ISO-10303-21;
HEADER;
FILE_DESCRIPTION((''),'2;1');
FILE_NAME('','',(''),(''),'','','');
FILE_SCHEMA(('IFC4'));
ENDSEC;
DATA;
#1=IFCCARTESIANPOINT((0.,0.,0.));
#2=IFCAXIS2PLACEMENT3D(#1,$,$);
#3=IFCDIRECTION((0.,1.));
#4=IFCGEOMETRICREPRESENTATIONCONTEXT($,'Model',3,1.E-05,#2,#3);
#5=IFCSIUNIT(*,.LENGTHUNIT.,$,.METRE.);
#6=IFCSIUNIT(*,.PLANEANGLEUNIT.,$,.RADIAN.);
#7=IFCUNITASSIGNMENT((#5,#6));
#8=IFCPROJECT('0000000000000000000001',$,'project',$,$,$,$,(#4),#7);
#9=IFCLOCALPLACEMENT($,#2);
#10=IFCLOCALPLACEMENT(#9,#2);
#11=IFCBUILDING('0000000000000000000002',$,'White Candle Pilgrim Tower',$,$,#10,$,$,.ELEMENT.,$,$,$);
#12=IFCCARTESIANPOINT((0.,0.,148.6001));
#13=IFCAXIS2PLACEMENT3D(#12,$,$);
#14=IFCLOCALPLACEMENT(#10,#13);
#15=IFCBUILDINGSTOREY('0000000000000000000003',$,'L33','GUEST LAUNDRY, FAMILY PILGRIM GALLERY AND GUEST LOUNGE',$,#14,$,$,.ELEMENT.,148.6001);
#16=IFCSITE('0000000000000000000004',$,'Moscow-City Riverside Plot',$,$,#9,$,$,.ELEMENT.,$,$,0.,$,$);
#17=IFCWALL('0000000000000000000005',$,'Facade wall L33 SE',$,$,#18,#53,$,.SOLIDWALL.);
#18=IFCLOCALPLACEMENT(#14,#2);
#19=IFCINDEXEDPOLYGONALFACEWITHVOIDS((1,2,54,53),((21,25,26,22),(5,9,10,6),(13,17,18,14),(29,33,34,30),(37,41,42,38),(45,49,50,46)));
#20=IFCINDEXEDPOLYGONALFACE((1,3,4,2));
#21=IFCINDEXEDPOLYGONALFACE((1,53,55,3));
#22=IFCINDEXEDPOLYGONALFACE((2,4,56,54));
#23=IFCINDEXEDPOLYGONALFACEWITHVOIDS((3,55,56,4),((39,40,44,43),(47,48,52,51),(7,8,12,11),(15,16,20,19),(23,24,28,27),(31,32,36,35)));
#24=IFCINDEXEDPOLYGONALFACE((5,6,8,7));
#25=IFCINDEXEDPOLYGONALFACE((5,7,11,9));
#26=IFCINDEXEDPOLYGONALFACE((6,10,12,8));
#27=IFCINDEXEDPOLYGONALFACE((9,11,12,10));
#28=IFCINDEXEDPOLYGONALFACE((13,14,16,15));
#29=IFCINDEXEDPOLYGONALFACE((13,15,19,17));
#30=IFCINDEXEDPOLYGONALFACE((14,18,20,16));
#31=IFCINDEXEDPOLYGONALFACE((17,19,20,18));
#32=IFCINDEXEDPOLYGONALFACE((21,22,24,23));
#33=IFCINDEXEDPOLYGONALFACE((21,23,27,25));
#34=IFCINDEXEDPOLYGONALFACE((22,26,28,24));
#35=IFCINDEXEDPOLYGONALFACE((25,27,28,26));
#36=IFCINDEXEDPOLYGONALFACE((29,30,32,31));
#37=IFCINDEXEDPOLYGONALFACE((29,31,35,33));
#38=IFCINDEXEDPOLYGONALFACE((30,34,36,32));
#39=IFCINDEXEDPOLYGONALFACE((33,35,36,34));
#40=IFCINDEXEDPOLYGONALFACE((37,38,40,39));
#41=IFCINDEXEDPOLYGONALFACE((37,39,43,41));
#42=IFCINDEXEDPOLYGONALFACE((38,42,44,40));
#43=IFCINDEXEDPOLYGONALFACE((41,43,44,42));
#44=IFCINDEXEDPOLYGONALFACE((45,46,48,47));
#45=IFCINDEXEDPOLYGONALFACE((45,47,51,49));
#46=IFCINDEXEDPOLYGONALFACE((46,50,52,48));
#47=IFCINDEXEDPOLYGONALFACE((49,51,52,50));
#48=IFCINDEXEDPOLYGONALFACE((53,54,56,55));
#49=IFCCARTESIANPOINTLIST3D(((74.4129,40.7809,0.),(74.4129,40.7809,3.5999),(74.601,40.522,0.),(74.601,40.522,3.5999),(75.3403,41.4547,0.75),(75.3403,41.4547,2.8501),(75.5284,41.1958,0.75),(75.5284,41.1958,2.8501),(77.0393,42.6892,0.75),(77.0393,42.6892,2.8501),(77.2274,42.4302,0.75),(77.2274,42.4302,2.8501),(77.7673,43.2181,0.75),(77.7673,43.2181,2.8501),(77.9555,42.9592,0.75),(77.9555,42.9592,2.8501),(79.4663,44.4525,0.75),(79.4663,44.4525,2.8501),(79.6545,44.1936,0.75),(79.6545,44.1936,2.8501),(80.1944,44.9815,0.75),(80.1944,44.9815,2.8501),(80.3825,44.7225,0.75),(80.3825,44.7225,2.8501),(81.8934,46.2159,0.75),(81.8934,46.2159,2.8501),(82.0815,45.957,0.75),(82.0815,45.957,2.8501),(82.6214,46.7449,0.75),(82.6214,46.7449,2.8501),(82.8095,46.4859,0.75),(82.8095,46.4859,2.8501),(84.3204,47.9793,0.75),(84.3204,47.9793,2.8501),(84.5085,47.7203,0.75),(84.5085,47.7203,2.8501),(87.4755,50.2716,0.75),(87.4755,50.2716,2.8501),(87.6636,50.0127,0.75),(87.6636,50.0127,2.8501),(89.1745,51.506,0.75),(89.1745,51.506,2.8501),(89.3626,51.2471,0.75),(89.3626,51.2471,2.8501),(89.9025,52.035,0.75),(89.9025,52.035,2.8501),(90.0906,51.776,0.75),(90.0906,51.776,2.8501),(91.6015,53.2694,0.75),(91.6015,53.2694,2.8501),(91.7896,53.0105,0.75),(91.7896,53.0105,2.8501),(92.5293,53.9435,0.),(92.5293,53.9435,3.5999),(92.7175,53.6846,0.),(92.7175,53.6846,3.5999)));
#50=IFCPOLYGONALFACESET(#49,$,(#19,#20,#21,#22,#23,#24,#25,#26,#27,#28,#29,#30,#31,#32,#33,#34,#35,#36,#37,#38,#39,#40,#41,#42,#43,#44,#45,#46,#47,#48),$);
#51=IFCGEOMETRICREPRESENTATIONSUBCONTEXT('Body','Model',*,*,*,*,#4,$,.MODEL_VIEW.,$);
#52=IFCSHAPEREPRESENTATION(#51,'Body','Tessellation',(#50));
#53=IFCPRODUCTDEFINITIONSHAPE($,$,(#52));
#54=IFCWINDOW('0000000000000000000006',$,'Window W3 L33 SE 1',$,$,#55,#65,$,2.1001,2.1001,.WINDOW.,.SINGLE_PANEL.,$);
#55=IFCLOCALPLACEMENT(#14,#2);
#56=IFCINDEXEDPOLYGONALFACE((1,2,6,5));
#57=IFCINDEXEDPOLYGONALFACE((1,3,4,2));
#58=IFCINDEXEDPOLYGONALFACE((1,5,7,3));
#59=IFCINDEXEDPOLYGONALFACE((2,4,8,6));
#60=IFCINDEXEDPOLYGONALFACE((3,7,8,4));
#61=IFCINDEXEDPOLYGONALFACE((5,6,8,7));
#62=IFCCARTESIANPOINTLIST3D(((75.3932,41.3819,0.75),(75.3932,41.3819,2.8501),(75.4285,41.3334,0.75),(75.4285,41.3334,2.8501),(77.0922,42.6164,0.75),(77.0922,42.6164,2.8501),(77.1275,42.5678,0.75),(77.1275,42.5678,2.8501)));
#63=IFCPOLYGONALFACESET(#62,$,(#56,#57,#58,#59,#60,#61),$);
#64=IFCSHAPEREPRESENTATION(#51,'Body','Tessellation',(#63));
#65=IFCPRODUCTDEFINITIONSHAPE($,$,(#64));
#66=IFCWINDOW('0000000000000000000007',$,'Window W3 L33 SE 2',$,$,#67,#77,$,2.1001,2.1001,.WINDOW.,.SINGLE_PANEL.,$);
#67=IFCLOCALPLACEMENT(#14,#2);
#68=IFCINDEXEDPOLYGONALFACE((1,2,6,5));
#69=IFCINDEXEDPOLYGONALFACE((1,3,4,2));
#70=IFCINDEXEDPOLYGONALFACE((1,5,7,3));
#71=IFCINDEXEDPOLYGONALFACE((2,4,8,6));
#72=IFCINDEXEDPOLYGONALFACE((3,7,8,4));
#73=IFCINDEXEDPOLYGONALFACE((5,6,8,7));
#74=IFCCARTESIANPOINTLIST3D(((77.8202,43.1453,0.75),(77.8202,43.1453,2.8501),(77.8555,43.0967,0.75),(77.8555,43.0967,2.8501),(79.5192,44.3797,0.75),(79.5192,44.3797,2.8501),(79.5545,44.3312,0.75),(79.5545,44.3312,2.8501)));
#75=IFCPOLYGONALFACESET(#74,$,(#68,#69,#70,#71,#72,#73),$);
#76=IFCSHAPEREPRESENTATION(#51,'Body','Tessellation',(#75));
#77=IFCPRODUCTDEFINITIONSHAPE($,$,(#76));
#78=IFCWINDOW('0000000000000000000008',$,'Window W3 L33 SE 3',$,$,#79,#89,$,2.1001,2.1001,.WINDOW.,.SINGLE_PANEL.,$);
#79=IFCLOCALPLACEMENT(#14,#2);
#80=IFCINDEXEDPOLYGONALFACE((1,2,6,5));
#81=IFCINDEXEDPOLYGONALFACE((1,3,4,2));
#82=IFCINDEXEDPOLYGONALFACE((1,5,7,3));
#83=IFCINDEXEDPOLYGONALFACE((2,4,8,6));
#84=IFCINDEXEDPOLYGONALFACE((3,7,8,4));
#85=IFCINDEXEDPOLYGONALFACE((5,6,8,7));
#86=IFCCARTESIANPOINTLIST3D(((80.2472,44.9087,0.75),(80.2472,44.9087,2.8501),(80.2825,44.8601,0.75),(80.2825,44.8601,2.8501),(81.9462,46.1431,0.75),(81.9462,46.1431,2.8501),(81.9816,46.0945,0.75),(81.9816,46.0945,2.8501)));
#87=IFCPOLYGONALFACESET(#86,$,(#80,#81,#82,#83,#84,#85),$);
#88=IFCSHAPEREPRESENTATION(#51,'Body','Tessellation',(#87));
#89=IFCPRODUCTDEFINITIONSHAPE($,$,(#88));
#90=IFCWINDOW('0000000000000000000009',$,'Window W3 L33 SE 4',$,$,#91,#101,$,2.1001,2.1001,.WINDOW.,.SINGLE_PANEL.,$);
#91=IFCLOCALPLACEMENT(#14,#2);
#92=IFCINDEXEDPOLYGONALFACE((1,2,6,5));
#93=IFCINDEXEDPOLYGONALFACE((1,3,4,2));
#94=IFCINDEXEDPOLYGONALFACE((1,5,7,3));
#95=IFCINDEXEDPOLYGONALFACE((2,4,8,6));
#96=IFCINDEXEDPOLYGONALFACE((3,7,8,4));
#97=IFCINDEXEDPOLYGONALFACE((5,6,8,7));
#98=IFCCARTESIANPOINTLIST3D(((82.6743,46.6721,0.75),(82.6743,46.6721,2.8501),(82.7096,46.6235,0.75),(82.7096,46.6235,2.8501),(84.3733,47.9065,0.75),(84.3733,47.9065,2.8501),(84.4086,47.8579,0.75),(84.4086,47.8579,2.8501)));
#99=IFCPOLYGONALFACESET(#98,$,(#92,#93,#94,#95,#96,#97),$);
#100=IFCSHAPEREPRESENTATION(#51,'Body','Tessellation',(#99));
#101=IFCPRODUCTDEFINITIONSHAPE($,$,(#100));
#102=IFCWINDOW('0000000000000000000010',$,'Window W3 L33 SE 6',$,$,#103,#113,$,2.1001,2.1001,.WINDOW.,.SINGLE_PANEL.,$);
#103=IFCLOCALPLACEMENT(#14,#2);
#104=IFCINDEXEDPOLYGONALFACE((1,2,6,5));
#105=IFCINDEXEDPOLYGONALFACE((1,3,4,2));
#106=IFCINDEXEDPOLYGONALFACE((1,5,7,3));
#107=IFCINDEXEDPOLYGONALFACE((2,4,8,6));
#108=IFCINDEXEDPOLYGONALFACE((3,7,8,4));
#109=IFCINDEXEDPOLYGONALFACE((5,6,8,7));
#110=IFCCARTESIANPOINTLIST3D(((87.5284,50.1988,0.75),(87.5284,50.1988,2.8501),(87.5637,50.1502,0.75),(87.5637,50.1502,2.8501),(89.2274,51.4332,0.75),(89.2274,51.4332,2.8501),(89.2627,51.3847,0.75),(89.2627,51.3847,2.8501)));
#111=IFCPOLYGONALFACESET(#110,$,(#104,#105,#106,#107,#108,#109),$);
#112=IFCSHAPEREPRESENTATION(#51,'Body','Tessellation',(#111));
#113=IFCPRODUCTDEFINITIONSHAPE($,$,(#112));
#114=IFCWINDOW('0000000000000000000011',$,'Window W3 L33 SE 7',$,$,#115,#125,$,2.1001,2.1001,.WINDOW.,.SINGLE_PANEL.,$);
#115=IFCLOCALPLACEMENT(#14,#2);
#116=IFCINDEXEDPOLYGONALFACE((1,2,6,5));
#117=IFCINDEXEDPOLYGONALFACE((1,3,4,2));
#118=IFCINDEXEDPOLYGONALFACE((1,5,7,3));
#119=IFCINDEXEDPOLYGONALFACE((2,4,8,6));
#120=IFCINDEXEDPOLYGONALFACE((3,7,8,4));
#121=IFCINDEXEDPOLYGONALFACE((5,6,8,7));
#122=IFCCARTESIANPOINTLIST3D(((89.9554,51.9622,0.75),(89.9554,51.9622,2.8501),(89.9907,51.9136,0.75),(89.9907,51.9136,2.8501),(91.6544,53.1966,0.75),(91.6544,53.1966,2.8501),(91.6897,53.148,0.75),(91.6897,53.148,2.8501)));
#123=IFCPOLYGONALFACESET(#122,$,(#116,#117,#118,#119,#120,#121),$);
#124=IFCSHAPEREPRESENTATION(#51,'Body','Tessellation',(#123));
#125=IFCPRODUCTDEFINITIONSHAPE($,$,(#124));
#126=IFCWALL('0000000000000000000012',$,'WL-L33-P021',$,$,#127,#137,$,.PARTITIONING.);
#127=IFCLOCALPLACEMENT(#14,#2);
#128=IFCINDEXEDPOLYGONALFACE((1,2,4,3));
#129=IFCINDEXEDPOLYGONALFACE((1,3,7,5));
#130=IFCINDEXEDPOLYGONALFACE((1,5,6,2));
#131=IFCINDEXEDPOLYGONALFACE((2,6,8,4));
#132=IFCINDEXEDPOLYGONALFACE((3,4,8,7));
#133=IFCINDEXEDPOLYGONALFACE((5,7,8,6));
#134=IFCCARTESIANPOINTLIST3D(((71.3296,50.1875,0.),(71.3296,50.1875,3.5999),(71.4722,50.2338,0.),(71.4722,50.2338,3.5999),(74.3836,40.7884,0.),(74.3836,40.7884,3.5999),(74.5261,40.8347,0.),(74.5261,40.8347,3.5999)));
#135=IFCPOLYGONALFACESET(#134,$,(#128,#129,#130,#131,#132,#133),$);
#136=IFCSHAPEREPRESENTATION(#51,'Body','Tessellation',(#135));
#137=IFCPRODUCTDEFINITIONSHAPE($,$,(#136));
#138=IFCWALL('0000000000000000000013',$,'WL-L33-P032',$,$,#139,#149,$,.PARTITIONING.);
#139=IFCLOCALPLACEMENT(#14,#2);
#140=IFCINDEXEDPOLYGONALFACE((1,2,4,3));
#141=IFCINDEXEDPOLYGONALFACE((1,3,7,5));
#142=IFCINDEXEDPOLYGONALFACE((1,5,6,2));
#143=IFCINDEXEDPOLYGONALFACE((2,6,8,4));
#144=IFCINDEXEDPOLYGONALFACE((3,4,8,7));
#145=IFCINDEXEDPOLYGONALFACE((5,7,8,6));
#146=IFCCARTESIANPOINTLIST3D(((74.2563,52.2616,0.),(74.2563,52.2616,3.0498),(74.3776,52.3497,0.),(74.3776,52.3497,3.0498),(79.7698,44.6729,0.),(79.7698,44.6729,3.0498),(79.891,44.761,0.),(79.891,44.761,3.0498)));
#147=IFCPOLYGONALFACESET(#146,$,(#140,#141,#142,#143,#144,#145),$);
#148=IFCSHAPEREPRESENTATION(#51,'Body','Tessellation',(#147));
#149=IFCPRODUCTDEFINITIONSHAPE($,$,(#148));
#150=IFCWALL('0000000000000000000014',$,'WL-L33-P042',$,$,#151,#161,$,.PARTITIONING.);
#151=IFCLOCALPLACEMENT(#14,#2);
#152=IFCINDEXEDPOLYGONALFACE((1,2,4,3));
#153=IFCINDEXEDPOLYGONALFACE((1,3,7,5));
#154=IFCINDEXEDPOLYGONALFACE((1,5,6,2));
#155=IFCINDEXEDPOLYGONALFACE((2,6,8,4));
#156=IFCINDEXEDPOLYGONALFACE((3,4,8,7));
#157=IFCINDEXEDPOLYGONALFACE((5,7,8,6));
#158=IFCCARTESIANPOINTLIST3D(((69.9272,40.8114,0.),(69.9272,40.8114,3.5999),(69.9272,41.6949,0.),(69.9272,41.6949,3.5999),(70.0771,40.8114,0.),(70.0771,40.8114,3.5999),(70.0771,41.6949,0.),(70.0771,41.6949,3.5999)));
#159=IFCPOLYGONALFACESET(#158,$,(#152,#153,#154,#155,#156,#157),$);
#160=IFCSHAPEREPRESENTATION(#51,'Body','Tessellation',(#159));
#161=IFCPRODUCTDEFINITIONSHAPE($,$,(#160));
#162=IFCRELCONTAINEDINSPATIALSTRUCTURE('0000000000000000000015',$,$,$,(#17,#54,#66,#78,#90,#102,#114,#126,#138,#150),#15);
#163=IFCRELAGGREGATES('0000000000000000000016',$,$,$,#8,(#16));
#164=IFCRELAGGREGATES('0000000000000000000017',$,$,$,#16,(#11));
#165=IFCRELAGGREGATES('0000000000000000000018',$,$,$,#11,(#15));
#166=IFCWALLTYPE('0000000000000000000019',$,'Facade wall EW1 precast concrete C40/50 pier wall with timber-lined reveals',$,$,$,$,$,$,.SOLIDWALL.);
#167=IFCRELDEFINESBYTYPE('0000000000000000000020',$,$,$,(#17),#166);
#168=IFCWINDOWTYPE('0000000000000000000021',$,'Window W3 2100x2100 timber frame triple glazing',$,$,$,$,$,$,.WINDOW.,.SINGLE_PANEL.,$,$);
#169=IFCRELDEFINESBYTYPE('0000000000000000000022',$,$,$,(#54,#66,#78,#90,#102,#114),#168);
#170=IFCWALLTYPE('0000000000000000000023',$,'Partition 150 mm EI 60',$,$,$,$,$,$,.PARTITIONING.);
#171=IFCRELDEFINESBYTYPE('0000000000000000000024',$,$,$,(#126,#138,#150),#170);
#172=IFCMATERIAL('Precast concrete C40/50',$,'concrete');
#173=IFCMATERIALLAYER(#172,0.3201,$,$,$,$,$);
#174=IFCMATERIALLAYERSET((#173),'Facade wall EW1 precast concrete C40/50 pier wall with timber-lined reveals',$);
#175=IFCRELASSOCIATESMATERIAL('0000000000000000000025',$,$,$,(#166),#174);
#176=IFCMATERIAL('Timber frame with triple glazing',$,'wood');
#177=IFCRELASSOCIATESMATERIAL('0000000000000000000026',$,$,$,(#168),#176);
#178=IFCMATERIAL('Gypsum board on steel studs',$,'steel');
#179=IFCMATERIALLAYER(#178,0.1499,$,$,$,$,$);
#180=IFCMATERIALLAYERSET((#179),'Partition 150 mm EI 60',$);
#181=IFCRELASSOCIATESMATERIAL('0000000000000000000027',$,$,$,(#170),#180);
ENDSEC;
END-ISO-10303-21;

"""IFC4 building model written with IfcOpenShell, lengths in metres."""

from ifc_helpers import new_model, si_unit, direction, frame, frame_2d, origin, place, context, subcontext, project, spatial, rectangle, extrude, material, layer, layer_set, type_object, element, fill, save


model = new_model("IFC4")

# Units and contexts
model_context = context("Model", 3, precision=1e-05, world=origin(), true_north=direction((0.0, 1.0)))
body_context = subcontext(model_context, "Body", "Model", "MODEL_VIEW")
ifc_project = project(units=[si_unit("LENGTHUNIT", "METRE"), si_unit("PLANEANGLEUNIT", "RADIAN")], contexts=[model_context])

# Site, building, storey
site_placement = place(None, origin())
site = spatial("IfcSite", under=ifc_project, at=site_placement, Name="Moscow-City Riverside Plot", CompositionType="ELEMENT", RefElevation=0.0)
building_placement = place(site_placement, origin())
building = spatial("IfcBuilding", under=site, at=building_placement, Name="White Candle Pilgrim Tower", CompositionType="ELEMENT")
storey_placement = place(building_placement, frame((0.0, 0.0, 148.6001)))
storey = spatial("IfcBuildingStorey", under=building, at=storey_placement, Name="L33", Description="GUEST LAUNDRY, FAMILY PILGRIM GALLERY AND GUEST LOUNGE", CompositionType="ELEMENT", Elevation=148.6001)

# Shared definitions
ifc_material_1 = material(Name="Gypsum board on steel studs", Category="steel")

# Wall, openings, windows
ifc_material_2 = material(Name="Precast concrete C40/50", Category="concrete")
ifc_layer_1 = layer(ifc_material_2, 0.3201)
ifc_layer_set_1 = layer_set([ifc_layer_1], Name="Facade wall EW1 precast concrete C40/50 pier wall with timber-lined reveals")
wall_type_1 = type_object("IfcWallType", Name="Facade wall EW1 precast concrete C40/50 pier wall with timber-lined reveals", PredefinedType="SOLIDWALL", material=ifc_layer_set_1)
wall_1_placement = place(storey_placement, frame((74.5068, 40.6514, 0.0), z_axis=(0.0, 0.0, 1.0), x_axis=(0.809012, 0.587792, 0.0)))
wall_1 = element("IfcWall", 1, at=wall_1_placement, inside=storey, type_object=wall_type_1, Name="Facade wall L33 SE", PredefinedType="SOLIDWALL", context=body_context, shape_type="SweptSolid", body=[
    extrude(rectangle(XDim=22.3933, YDim=0.3201, at=frame_2d((11.1968, 0.0))), origin(), (0.0, 0.0, 1.0), 3.5999),
])
opening_1_placement = place(wall_1_placement, frame((1.1465, 0.0, 0.75)))
opening_1 = element("IfcOpeningElement", 2, at=opening_1_placement, cuts=wall_1, PredefinedType="OPENING", context=body_context, shape_type="SweptSolid", body=[
    extrude(rectangle(XDim=2.1001, YDim=2.1001, at=frame_2d((1.05, 1.05))), frame((0.0, 0.1699, 0.0), z_axis=(0.0, -1.0, 0.0), x_axis=(1.0, 0.0, 0.0)), (0.0, 0.0, 1.0), 0.3401),
])
opening_2_placement = place(wall_1_placement, frame((4.1465, 0.0, 0.75)))
opening_2 = element("IfcOpeningElement", 3, at=opening_2_placement, cuts=wall_1, PredefinedType="OPENING", context=body_context, shape_type="SweptSolid", body=[
    extrude(rectangle(XDim=2.1001, YDim=2.1001, at=frame_2d((1.05, 1.05))), frame((0.0, 0.1699, 0.0), z_axis=(0.0, -1.0, 0.0), x_axis=(1.0, 0.0, 0.0)), (0.0, 0.0, 1.0), 0.3401),
])
opening_3_placement = place(wall_1_placement, frame((7.1465, 0.0, 0.75)))
opening_3 = element("IfcOpeningElement", 4, at=opening_3_placement, cuts=wall_1, PredefinedType="OPENING", context=body_context, shape_type="SweptSolid", body=[
    extrude(rectangle(XDim=2.1001, YDim=2.1001, at=frame_2d((1.05, 1.05))), frame((0.0, 0.1699, 0.0), z_axis=(0.0, -1.0, 0.0), x_axis=(1.0, 0.0, 0.0)), (0.0, 0.0, 1.0), 0.3401),
])
opening_4_placement = place(wall_1_placement, frame((10.1465, 0.0, 0.75)))
opening_4 = element("IfcOpeningElement", 5, at=opening_4_placement, cuts=wall_1, PredefinedType="OPENING", context=body_context, shape_type="SweptSolid", body=[
    extrude(rectangle(XDim=2.1001, YDim=2.1001, at=frame_2d((1.05, 1.05))), frame((0.0, 0.1699, 0.0), z_axis=(0.0, -1.0, 0.0), x_axis=(1.0, 0.0, 0.0)), (0.0, 0.0, 1.0), 0.3401),
])
opening_5_placement = place(wall_1_placement, frame((16.1465, 0.0, 0.75)))
opening_5 = element("IfcOpeningElement", 6, at=opening_5_placement, cuts=wall_1, PredefinedType="OPENING", context=body_context, shape_type="SweptSolid", body=[
    extrude(rectangle(XDim=2.1001, YDim=2.1001, at=frame_2d((1.05, 1.05))), frame((0.0, 0.1699, 0.0), z_axis=(0.0, -1.0, 0.0), x_axis=(1.0, 0.0, 0.0)), (0.0, 0.0, 1.0), 0.3401),
])
opening_6_placement = place(wall_1_placement, frame((19.1465, 0.0, 0.75)))
opening_6 = element("IfcOpeningElement", 7, at=opening_6_placement, cuts=wall_1, PredefinedType="OPENING", context=body_context, shape_type="SweptSolid", body=[
    extrude(rectangle(XDim=2.1001, YDim=2.1001, at=frame_2d((1.05, 1.05))), frame((0.0, 0.1699, 0.0), z_axis=(0.0, -1.0, 0.0), x_axis=(1.0, 0.0, 0.0)), (0.0, 0.0, 1.0), 0.3401),
])
ifc_material_3 = material(Name="Timber frame with triple glazing", Category="wood")
window_type = type_object("IfcWindowType", Name="Window W3 2100x2100 timber frame triple glazing", PartitioningType="SINGLE_PANEL", PredefinedType="WINDOW", material=ifc_material_3)
window_1_placement = place(opening_1_placement, origin())
window_1 = element("IfcWindow", 8, at=window_1_placement, inside=storey, type_object=window_type, Name="Window W3 L33 SE 1", OverallHeight=2.1001, OverallWidth=2.1001, PartitioningType="SINGLE_PANEL", PredefinedType="WINDOW", context=body_context, shape_type="SweptSolid", body=[
    extrude(rectangle(XDim=2.1001, YDim=2.1001, at=frame_2d((1.05, 1.05))), frame((0.0, 0.0701, 0.0), z_axis=(0.0, -1.0, 0.0), x_axis=(1.0, 0.0, 0.0)), (0.0, 0.0, 1.0), 0.0601),
])
fill(opening_1, window_1)
window_2_placement = place(opening_2_placement, origin())
window_2 = element("IfcWindow", 9, at=window_2_placement, inside=storey, type_object=window_type, Name="Window W3 L33 SE 2", OverallHeight=2.1001, OverallWidth=2.1001, PartitioningType="SINGLE_PANEL", PredefinedType="WINDOW", context=body_context, shape_type="SweptSolid", body=[
    extrude(rectangle(XDim=2.1001, YDim=2.1001, at=frame_2d((1.05, 1.05))), frame((0.0, 0.0701, 0.0), z_axis=(0.0, -1.0, 0.0), x_axis=(1.0, 0.0, 0.0)), (0.0, 0.0, 1.0), 0.0601),
])
fill(opening_2, window_2)
window_3_placement = place(opening_3_placement, origin())
window_3 = element("IfcWindow", 10, at=window_3_placement, inside=storey, type_object=window_type, Name="Window W3 L33 SE 3", OverallHeight=2.1001, OverallWidth=2.1001, PartitioningType="SINGLE_PANEL", PredefinedType="WINDOW", context=body_context, shape_type="SweptSolid", body=[
    extrude(rectangle(XDim=2.1001, YDim=2.1001, at=frame_2d((1.05, 1.05))), frame((0.0, 0.0701, 0.0), z_axis=(0.0, -1.0, 0.0), x_axis=(1.0, 0.0, 0.0)), (0.0, 0.0, 1.0), 0.0601),
])
fill(opening_3, window_3)
window_4_placement = place(opening_4_placement, origin())
window_4 = element("IfcWindow", 11, at=window_4_placement, inside=storey, type_object=window_type, Name="Window W3 L33 SE 4", OverallHeight=2.1001, OverallWidth=2.1001, PartitioningType="SINGLE_PANEL", PredefinedType="WINDOW", context=body_context, shape_type="SweptSolid", body=[
    extrude(rectangle(XDim=2.1001, YDim=2.1001, at=frame_2d((1.05, 1.05))), frame((0.0, 0.0701, 0.0), z_axis=(0.0, -1.0, 0.0), x_axis=(1.0, 0.0, 0.0)), (0.0, 0.0, 1.0), 0.0601),
])
fill(opening_4, window_4)
window_5_placement = place(opening_5_placement, origin())
window_5 = element("IfcWindow", 12, at=window_5_placement, inside=storey, type_object=window_type, Name="Window W3 L33 SE 6", OverallHeight=2.1001, OverallWidth=2.1001, PartitioningType="SINGLE_PANEL", PredefinedType="WINDOW", context=body_context, shape_type="SweptSolid", body=[
    extrude(rectangle(XDim=2.1001, YDim=2.1001, at=frame_2d((1.05, 1.05))), frame((0.0, 0.0701, 0.0), z_axis=(0.0, -1.0, 0.0), x_axis=(1.0, 0.0, 0.0)), (0.0, 0.0, 1.0), 0.0601),
])
fill(opening_5, window_5)
window_6_placement = place(opening_6_placement, origin())
window_6 = element("IfcWindow", 13, at=window_6_placement, inside=storey, type_object=window_type, Name="Window W3 L33 SE 7", OverallHeight=2.1001, OverallWidth=2.1001, PartitioningType="SINGLE_PANEL", PredefinedType="WINDOW", context=body_context, shape_type="SweptSolid", body=[
    extrude(rectangle(XDim=2.1001, YDim=2.1001, at=frame_2d((1.05, 1.05))), frame((0.0, 0.0701, 0.0), z_axis=(0.0, -1.0, 0.0), x_axis=(1.0, 0.0, 0.0)), (0.0, 0.0, 1.0), 0.0601),
])
fill(opening_6, window_6)

# Walls
ifc_layer_2 = layer(ifc_material_1, 0.1499)
ifc_layer_set_2 = layer_set([ifc_layer_2], Name="Partition 150 mm EI 60")
wall_type_2 = type_object("IfcWallType", Name="Partition 150 mm EI 60", PredefinedType="PARTITIONING", material=ifc_layer_set_2)
wall_2_placement = place(storey_placement, frame((74.4548, 40.8115, 0.0), z_axis=(0.0, 0.0, 1.0), x_axis=(-0.309015, 0.951057, 0.0)))
element("IfcWall", 14, at=wall_2_placement, inside=storey, type_object=wall_type_2, Name="WL-L33-P021", PredefinedType="PARTITIONING", context=body_context, shape_type="SweptSolid", body=[
    extrude(rectangle(XDim=9.8828, YDim=0.1499, at=frame_2d((4.9414, 0.0))), origin(), (0.0, 0.0, 1.0), 3.5999),
])
wall_3_placement = place(storey_placement, frame((79.8303, 44.717, 0.0), z_axis=(0.0, 0.0, 1.0), x_axis=(-0.587783, 0.809018, 0.0)))
element("IfcWall", 15, at=wall_3_placement, inside=storey, type_object=wall_type_2, Name="WL-L33-P032", PredefinedType="PARTITIONING", context=body_context, shape_type="SweptSolid", body=[
    extrude(rectangle(XDim=9.3801, YDim=0.1499, at=frame_2d((4.6899, 0.0))), origin(), (0.0, 0.0, 1.0), 3.0498),
])
wall_4_placement = place(storey_placement, frame((70.0022, 41.6951, 0.0), z_axis=(0.0, 0.0, 1.0), x_axis=(0.0, -1.0, 0.0)))
element("IfcWall", 16, at=wall_4_placement, inside=storey, type_object=wall_type_2, Name="WL-L33-P042", PredefinedType="PARTITIONING", context=body_context, shape_type="SweptSolid", body=[
    extrude(rectangle(XDim=0.8835, YDim=0.1499, at=frame_2d((0.4419, 0.0))), origin(), (0.0, 0.0, 1.0), 3.5999),
])

save(model, "model.ifc")
